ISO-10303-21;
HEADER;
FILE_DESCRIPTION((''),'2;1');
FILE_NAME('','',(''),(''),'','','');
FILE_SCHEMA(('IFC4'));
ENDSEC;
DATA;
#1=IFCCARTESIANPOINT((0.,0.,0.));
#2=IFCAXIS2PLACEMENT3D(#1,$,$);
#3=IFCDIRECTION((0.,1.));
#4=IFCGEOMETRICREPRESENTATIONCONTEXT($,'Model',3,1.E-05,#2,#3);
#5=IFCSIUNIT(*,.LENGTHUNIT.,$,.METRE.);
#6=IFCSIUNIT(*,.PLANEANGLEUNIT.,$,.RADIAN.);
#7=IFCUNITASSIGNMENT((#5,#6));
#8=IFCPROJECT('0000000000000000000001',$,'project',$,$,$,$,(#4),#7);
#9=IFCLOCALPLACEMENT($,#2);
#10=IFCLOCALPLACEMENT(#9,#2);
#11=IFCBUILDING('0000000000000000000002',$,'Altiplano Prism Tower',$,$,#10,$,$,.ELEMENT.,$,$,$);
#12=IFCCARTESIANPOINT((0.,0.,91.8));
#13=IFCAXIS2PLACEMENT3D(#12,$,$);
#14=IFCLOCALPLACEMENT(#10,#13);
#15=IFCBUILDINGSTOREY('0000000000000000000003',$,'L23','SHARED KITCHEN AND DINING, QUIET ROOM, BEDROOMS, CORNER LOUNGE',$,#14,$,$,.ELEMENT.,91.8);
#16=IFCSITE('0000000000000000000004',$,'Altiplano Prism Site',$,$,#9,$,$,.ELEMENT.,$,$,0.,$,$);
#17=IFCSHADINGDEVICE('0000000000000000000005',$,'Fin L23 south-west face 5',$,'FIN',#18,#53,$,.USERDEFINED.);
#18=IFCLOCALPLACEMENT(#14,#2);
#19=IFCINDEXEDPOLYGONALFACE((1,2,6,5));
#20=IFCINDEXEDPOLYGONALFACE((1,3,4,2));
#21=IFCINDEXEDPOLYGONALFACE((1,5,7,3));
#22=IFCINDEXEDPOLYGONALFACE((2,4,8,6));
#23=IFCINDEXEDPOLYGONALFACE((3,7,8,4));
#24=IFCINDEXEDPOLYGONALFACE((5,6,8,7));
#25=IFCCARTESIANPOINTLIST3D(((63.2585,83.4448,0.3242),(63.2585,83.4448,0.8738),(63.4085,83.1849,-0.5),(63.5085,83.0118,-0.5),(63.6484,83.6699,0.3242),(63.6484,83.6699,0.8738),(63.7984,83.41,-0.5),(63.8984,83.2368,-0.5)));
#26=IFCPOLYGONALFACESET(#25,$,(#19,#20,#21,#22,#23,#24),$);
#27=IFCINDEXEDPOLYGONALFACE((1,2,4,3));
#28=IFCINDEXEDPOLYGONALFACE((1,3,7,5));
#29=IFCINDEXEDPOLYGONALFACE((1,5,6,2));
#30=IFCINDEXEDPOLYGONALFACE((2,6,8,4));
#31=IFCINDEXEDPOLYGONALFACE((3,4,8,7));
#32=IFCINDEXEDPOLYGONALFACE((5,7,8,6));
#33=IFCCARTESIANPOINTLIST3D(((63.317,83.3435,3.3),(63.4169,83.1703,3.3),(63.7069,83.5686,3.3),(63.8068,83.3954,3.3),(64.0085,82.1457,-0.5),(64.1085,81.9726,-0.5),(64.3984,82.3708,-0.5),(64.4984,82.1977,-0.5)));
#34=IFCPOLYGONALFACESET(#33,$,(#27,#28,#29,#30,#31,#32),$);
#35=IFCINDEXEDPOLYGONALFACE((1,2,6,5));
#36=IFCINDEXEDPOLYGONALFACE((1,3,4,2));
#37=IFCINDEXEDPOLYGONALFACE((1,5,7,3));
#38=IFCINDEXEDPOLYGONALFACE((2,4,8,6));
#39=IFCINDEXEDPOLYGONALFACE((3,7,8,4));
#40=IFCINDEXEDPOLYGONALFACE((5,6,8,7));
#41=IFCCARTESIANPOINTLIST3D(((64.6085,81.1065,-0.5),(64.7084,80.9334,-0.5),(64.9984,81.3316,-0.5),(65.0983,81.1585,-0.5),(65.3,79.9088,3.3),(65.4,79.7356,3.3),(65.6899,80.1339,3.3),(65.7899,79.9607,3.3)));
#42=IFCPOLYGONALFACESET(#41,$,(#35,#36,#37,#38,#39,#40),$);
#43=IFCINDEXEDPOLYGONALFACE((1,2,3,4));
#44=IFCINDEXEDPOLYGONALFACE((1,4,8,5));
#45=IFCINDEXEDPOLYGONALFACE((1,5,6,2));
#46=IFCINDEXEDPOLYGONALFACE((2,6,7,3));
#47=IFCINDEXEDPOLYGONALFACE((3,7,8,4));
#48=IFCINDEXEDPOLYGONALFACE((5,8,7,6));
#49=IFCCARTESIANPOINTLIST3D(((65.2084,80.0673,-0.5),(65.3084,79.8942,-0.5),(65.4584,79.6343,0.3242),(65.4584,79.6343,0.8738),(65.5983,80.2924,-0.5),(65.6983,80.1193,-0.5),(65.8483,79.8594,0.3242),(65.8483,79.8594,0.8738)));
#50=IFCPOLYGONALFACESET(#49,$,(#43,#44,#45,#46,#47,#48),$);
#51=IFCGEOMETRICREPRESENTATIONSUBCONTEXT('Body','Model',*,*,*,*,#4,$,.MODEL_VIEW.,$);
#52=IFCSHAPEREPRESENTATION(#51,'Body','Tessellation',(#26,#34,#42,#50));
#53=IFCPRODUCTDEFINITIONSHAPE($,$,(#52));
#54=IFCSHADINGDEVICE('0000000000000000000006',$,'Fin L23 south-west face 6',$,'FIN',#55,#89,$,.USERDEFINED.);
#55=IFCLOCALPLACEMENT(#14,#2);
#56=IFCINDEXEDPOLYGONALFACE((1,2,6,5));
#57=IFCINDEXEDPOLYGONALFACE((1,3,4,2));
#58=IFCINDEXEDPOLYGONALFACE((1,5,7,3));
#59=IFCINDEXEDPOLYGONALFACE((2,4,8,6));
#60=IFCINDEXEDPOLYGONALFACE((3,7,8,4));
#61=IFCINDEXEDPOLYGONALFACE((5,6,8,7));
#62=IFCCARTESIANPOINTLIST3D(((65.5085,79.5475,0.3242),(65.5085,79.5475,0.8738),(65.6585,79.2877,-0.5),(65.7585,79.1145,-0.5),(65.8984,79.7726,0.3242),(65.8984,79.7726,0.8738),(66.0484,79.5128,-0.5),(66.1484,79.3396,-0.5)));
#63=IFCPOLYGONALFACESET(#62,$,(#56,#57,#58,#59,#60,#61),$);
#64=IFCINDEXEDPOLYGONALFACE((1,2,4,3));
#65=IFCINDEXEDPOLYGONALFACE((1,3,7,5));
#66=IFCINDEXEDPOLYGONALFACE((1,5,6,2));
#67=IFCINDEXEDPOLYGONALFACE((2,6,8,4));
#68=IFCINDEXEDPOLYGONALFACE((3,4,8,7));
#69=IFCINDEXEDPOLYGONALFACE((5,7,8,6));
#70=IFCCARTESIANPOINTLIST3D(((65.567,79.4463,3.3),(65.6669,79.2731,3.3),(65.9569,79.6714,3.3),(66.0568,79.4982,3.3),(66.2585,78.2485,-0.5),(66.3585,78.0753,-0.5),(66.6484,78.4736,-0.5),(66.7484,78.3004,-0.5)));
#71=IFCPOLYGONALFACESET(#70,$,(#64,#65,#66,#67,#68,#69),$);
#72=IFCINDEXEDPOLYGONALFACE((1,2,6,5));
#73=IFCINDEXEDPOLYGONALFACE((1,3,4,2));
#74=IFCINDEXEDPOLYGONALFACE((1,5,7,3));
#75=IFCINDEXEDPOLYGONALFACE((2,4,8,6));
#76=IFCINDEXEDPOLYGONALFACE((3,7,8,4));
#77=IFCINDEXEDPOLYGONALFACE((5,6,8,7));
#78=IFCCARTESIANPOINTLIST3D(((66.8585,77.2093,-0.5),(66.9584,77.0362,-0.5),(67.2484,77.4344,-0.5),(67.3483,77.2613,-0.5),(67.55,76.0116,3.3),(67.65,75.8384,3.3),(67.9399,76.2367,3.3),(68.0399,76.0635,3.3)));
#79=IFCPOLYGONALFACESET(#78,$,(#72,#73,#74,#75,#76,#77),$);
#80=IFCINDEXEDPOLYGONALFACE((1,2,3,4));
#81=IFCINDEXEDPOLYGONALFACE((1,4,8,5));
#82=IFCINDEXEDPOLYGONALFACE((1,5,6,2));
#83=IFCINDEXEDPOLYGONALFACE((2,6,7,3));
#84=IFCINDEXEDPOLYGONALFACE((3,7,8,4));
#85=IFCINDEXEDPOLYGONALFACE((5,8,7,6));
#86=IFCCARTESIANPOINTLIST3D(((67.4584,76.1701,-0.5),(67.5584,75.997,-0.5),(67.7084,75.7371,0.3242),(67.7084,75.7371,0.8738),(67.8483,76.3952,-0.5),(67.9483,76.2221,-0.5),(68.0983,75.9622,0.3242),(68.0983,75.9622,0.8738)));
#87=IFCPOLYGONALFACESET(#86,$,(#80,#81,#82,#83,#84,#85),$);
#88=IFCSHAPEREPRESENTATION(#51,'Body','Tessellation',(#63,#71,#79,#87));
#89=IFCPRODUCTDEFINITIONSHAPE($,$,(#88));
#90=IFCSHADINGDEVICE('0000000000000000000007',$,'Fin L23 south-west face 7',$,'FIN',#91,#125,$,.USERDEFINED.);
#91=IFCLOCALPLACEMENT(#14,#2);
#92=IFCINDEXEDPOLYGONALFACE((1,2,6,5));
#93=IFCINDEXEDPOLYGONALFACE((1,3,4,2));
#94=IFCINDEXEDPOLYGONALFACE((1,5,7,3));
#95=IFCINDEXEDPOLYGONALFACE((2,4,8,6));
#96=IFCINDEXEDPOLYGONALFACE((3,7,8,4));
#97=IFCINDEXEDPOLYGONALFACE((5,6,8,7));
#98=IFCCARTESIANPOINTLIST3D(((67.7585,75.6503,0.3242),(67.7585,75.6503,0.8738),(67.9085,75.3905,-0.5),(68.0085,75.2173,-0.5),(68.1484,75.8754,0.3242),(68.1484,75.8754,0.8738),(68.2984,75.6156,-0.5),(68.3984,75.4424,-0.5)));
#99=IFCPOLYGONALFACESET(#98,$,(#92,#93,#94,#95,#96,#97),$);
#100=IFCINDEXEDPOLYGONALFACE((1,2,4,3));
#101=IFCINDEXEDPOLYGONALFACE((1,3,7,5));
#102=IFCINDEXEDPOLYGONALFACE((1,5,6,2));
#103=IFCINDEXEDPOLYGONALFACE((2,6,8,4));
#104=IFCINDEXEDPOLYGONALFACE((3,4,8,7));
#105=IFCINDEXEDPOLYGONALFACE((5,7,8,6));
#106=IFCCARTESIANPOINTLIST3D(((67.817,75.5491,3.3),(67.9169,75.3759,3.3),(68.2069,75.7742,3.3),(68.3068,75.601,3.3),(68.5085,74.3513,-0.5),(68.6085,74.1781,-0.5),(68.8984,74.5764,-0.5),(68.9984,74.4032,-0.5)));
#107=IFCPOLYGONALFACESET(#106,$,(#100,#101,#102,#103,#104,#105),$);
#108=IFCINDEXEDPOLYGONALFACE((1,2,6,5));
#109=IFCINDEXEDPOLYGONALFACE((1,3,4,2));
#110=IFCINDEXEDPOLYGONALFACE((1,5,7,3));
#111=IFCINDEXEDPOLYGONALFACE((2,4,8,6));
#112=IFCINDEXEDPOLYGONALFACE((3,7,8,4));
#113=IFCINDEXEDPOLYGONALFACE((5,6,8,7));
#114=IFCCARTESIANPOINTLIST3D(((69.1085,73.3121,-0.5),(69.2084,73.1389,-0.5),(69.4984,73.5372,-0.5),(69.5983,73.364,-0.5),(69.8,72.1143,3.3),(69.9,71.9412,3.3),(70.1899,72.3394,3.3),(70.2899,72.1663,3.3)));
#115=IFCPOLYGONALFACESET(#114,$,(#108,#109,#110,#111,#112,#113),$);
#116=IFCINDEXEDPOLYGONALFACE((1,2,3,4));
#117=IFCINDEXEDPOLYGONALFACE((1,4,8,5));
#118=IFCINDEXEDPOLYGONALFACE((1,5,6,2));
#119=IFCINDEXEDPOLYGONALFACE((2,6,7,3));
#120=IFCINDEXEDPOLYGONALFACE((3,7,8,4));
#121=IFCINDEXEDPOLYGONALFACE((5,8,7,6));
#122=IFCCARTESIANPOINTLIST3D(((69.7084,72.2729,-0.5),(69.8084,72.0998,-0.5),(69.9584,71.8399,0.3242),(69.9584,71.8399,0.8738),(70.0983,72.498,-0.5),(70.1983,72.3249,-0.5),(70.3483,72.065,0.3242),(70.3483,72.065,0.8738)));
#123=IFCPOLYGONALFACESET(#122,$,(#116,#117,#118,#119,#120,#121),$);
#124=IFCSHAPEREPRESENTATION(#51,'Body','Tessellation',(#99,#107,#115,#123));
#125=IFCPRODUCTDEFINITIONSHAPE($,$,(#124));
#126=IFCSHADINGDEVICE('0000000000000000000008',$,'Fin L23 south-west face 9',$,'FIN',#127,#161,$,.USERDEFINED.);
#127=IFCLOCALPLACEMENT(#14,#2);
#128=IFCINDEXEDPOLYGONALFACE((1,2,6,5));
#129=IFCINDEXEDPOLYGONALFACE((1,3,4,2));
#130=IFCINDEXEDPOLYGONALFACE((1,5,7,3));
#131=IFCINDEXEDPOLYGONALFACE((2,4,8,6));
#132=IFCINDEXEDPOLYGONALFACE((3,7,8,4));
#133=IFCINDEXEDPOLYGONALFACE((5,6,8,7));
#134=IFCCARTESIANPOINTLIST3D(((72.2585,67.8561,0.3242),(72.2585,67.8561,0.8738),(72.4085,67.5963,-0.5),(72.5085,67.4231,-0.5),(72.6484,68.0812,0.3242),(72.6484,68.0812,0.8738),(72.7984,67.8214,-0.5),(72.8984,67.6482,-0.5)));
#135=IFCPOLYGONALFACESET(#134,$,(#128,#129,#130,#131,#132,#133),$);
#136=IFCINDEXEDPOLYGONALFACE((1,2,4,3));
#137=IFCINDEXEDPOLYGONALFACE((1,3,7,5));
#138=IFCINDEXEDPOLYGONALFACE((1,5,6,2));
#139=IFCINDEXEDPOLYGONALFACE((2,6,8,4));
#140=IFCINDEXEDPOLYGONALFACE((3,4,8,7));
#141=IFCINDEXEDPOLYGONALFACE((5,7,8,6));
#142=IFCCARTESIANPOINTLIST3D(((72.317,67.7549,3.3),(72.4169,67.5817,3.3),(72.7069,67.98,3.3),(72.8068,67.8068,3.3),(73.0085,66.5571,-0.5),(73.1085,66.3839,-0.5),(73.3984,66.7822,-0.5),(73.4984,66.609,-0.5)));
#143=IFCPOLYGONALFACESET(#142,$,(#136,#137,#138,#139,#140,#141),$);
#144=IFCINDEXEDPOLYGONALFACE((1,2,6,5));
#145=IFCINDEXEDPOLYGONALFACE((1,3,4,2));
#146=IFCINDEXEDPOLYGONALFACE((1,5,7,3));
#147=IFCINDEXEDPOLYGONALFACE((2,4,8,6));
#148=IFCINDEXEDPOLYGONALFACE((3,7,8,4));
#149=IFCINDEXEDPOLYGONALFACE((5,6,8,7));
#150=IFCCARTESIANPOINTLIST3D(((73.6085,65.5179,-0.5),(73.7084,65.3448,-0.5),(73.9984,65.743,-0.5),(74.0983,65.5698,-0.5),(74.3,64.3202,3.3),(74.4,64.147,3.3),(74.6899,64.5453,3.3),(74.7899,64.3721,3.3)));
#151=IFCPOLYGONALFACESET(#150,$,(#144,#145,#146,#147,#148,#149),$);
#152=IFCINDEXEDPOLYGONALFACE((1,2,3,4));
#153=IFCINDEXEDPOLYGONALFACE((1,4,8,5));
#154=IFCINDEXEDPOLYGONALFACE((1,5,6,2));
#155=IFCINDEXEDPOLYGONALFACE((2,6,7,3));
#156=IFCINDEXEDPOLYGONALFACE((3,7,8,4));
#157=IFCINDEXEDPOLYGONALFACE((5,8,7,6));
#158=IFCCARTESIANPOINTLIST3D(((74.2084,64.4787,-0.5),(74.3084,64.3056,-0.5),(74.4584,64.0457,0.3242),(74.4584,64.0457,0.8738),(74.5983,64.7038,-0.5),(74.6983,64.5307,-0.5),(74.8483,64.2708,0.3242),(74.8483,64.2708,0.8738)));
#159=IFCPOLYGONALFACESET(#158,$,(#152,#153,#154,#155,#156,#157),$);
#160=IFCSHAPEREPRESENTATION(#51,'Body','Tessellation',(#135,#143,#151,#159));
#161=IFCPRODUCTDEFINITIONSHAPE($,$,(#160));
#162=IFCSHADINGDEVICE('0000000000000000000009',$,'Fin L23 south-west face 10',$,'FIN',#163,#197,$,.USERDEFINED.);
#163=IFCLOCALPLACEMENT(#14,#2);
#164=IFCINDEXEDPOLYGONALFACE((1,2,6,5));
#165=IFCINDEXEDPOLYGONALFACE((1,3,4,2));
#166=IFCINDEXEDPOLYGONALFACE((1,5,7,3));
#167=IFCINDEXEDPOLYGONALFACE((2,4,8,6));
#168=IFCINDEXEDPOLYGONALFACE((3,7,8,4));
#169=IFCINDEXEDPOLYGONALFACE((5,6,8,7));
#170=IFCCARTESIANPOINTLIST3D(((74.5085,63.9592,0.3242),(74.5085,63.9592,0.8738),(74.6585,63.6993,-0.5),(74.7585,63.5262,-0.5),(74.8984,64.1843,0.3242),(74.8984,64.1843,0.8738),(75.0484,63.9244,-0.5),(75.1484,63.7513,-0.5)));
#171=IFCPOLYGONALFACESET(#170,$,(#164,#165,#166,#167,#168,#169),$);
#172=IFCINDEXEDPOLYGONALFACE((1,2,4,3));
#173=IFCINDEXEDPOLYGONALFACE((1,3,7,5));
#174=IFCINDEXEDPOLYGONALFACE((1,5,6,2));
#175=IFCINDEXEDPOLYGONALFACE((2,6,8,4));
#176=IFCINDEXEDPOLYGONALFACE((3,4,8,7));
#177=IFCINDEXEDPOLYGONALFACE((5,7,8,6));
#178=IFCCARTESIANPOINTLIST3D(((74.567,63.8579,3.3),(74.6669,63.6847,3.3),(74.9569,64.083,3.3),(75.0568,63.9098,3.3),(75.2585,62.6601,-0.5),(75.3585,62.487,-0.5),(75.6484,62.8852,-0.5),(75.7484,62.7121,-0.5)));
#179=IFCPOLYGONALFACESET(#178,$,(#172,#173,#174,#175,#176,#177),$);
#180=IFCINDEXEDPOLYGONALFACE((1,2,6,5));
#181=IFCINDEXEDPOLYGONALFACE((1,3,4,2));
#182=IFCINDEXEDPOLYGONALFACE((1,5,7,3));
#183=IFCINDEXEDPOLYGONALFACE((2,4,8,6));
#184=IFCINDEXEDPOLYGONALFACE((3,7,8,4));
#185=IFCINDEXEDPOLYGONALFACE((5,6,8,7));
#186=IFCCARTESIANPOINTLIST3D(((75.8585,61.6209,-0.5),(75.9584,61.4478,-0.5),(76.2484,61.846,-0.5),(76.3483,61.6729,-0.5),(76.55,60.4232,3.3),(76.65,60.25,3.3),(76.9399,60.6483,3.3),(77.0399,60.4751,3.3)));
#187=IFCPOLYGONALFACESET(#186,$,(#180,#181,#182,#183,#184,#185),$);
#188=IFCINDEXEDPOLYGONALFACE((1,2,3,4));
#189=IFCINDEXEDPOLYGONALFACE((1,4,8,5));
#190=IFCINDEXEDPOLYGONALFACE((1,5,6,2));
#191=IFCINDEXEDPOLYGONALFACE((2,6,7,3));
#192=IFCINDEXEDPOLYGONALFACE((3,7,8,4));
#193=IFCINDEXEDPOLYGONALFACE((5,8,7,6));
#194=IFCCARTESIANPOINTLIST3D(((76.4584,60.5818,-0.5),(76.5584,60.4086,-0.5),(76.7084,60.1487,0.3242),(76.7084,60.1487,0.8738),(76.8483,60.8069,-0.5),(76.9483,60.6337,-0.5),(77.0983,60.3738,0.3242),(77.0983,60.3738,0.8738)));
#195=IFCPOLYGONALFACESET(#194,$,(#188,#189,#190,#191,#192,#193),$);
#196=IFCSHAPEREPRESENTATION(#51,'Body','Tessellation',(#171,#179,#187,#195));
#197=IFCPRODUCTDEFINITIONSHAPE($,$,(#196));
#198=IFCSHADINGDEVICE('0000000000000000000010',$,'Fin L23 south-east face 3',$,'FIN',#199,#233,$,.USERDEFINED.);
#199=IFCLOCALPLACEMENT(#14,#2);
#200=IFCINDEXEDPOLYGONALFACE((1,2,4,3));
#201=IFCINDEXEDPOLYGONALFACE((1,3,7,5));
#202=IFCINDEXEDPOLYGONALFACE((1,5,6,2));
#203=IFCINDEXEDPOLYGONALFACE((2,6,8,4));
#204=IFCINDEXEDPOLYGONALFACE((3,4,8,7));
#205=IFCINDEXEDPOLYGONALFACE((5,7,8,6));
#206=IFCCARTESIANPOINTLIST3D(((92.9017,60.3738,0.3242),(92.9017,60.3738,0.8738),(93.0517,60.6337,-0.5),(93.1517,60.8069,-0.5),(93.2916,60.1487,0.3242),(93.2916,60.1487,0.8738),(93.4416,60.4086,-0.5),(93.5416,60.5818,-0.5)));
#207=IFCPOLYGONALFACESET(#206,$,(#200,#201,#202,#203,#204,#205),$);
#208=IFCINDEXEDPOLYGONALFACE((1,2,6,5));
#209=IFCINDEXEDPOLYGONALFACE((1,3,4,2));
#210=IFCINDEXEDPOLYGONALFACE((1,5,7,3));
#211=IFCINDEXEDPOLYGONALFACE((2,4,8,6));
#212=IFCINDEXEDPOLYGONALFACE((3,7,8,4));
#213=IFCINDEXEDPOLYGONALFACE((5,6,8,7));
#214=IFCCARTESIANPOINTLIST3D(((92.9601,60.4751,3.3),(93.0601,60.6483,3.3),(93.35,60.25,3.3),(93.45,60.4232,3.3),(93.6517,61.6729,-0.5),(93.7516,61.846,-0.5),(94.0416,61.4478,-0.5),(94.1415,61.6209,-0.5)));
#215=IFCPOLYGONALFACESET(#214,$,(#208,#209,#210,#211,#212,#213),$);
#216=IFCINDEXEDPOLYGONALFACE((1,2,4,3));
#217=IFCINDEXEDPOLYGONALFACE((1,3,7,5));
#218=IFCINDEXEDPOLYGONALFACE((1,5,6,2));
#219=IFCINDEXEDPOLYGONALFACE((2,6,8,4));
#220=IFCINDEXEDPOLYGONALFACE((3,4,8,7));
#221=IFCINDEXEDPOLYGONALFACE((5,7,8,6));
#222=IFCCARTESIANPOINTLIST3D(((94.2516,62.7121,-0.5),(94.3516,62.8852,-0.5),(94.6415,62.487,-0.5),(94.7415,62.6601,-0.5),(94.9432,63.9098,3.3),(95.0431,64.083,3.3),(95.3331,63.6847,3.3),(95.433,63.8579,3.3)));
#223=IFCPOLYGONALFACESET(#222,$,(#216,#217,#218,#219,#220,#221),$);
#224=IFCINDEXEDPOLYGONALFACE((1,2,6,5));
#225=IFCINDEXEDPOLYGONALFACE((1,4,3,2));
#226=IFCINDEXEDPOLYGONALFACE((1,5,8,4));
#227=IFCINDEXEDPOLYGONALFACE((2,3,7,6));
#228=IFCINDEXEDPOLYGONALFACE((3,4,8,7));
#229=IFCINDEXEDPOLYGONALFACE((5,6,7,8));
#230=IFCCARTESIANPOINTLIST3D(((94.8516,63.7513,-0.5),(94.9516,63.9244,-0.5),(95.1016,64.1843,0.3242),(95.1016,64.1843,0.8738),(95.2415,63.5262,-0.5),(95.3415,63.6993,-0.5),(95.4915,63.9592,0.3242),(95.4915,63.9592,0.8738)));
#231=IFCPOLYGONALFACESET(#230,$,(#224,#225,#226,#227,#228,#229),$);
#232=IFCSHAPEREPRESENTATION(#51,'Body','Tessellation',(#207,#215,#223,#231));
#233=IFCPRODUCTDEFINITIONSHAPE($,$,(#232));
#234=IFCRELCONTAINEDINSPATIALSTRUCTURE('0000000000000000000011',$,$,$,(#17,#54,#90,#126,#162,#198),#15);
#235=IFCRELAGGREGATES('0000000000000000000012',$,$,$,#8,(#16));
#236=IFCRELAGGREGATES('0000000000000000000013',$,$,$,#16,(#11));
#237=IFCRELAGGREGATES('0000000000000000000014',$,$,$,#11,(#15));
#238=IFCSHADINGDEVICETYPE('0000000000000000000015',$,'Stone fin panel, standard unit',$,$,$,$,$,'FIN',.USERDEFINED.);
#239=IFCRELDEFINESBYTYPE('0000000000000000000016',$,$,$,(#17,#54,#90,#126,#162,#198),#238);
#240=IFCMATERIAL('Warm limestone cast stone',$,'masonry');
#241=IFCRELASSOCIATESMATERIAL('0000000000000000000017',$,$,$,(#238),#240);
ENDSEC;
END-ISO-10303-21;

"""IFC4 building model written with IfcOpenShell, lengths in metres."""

from ifc_helpers import new_model, si_unit, direction, frame, origin, place, context, subcontext, project, spatial, polyline, outline, extrude, source, transform, mapped, material, type_object, element, save


model = new_model("IFC4")

# Units and contexts
model_context = context("Model", 3, precision=1e-05, world=origin(), true_north=direction((0.0, 1.0)))
body_context = subcontext(model_context, "Body", "Model", "MODEL_VIEW")
ifc_project = project(units=[si_unit("LENGTHUNIT", "METRE"), si_unit("PLANEANGLEUNIT", "RADIAN")], contexts=[model_context])

# Site, building, storey
site_placement = place(None, origin())
site = spatial("IfcSite", under=ifc_project, at=site_placement, Name="Altiplano Prism Site", CompositionType="ELEMENT", RefElevation=0.0)
building_placement = place(site_placement, origin())
building = spatial("IfcBuilding", under=site, at=building_placement, Name="Altiplano Prism Tower", CompositionType="ELEMENT")
storey_placement = place(building_placement, frame((0.0, 0.0, 91.8)))
storey = spatial("IfcBuildingStorey", under=building, at=storey_placement, Name="L23", Description="SHARED KITCHEN AND DINING, QUIET ROOM, BEDROOMS, CORNER LOUNGE", CompositionType="ELEMENT", Elevation=91.8)

# Shading devices
ifc_material_1 = material(Name="Warm limestone cast stone", Category="masonry")
shading_device_type_1 = type_object("IfcShadingDeviceType", Name="Stone fin panel, standard unit", ElementType="FIN", PredefinedType="USERDEFINED", material=ifc_material_1)
shared_shape_1 = source(origin(), body_context, "Body", "SweptSolid", [
    extrude(outline(polyline([(-2.2, 1.3738), (-2.2, 0.8242), (-1.8999, 0.0), (-1.7, 0.0), (-2.2, 1.3738)])), frame((0.0, -0.1499, 0.0), z_axis=(0.0, -1.0, 0.0), x_axis=(1.0, 0.0, 0.0)), (0.0, 0.0, 1.0), 0.4502),
    extrude(outline(polyline([(-2.083, 3.8), (-0.7, 0.0), (-0.5, 0.0), (-1.8831, 3.8), (-2.083, 3.8)])), frame((0.0, -0.1499, 0.0), z_axis=(0.0, -1.0, 0.0), x_axis=(1.0, 0.0, 0.0)), (0.0, 0.0, 1.0), 0.4502),
    extrude(outline(polyline([(1.8831, 3.8), (0.5, 0.0), (0.7, 0.0), (2.083, 3.8), (1.8831, 3.8)])), frame((0.0, -0.1499, 0.0), z_axis=(0.0, -1.0, 0.0), x_axis=(1.0, 0.0, 0.0)), (0.0, 0.0, 1.0), 0.4502),
    extrude(outline(polyline([(2.2, 0.8242), (2.2, 1.3738), (1.7, 0.0), (1.8999, 0.0), (2.2, 0.8242)])), frame((0.0, -0.1499, 0.0), z_axis=(0.0, -1.0, 0.0), x_axis=(1.0, 0.0, 0.0)), (0.0, 0.0, 1.0), 0.4502),
])
shading_device_1_placement = place(storey_placement, origin())
element("IfcShadingDevice", 1, at=shading_device_1_placement, inside=storey, type_object=shading_device_type_1, Name="Fin L23 south-west face 5", ObjectType="FIN", PredefinedType="USERDEFINED", context=body_context, shape_type="MappedRepresentation", body=[
    mapped(shared_shape_1, transform((64.8782, 81.8396, -0.5), x_axis=(0.5, -0.866025, 0.0), y_axis=(0.866025, 0.5, 0.0), z_axis=(0.0, 0.0, 1.0))),
])
shading_device_2_placement = place(storey_placement, origin())
element("IfcShadingDevice", 2, at=shading_device_2_placement, inside=storey, type_object=shading_device_type_1, Name="Fin L23 south-west face 6", ObjectType="FIN", PredefinedType="USERDEFINED", context=body_context, shape_type="MappedRepresentation", body=[
    mapped(shared_shape_1, transform((67.1282, 77.9424, -0.5), x_axis=(0.5, -0.866025, 0.0), y_axis=(0.866025, 0.5, 0.0), z_axis=(0.0, 0.0, 1.0))),
])
shading_device_3_placement = place(storey_placement, origin())
element("IfcShadingDevice", 3, at=shading_device_3_placement, inside=storey, type_object=shading_device_type_1, Name="Fin L23 south-west face 7", ObjectType="FIN", PredefinedType="USERDEFINED", context=body_context, shape_type="MappedRepresentation", body=[
    mapped(shared_shape_1, transform((69.3782, 74.0452, -0.5), x_axis=(0.5, -0.866025, 0.0), y_axis=(0.866025, 0.5, 0.0), z_axis=(0.0, 0.0, 1.0))),
])
shading_device_4_placement = place(storey_placement, origin())
element("IfcShadingDevice", 4, at=shading_device_4_placement, inside=storey, type_object=shading_device_type_1, Name="Fin L23 south-west face 9", ObjectType="FIN", PredefinedType="USERDEFINED", context=body_context, shape_type="MappedRepresentation", body=[
    mapped(shared_shape_1, transform((73.8782, 66.251, -0.5), x_axis=(0.5, -0.866025, 0.0), y_axis=(0.866025, 0.5, 0.0), z_axis=(0.0, 0.0, 1.0))),
])
shading_device_5_placement = place(storey_placement, origin())
element("IfcShadingDevice", 5, at=shading_device_5_placement, inside=storey, type_object=shading_device_type_1, Name="Fin L23 south-west face 10", ObjectType="FIN", PredefinedType="USERDEFINED", context=body_context, shape_type="MappedRepresentation", body=[
    mapped(shared_shape_1, transform((76.1282, 62.354, -0.5), x_axis=(0.5, -0.866025, 0.0), y_axis=(0.866025, 0.5, 0.0), z_axis=(0.0, 0.0, 1.0))),
])
shading_device_6_placement = place(storey_placement, origin())
element("IfcShadingDevice", 6, at=shading_device_6_placement, inside=storey, type_object=shading_device_type_1, Name="Fin L23 south-east face 3", ObjectType="FIN", PredefinedType="USERDEFINED", context=body_context, shape_type="MappedRepresentation", body=[
    mapped(shared_shape_1, transform((93.8718, 62.354, -0.5), x_axis=(0.5, 0.866025, 0.0), y_axis=(-0.866025, 0.5, 0.0), z_axis=(0.0, 0.0, 1.0))),
])

save(model, "model.ifc")
